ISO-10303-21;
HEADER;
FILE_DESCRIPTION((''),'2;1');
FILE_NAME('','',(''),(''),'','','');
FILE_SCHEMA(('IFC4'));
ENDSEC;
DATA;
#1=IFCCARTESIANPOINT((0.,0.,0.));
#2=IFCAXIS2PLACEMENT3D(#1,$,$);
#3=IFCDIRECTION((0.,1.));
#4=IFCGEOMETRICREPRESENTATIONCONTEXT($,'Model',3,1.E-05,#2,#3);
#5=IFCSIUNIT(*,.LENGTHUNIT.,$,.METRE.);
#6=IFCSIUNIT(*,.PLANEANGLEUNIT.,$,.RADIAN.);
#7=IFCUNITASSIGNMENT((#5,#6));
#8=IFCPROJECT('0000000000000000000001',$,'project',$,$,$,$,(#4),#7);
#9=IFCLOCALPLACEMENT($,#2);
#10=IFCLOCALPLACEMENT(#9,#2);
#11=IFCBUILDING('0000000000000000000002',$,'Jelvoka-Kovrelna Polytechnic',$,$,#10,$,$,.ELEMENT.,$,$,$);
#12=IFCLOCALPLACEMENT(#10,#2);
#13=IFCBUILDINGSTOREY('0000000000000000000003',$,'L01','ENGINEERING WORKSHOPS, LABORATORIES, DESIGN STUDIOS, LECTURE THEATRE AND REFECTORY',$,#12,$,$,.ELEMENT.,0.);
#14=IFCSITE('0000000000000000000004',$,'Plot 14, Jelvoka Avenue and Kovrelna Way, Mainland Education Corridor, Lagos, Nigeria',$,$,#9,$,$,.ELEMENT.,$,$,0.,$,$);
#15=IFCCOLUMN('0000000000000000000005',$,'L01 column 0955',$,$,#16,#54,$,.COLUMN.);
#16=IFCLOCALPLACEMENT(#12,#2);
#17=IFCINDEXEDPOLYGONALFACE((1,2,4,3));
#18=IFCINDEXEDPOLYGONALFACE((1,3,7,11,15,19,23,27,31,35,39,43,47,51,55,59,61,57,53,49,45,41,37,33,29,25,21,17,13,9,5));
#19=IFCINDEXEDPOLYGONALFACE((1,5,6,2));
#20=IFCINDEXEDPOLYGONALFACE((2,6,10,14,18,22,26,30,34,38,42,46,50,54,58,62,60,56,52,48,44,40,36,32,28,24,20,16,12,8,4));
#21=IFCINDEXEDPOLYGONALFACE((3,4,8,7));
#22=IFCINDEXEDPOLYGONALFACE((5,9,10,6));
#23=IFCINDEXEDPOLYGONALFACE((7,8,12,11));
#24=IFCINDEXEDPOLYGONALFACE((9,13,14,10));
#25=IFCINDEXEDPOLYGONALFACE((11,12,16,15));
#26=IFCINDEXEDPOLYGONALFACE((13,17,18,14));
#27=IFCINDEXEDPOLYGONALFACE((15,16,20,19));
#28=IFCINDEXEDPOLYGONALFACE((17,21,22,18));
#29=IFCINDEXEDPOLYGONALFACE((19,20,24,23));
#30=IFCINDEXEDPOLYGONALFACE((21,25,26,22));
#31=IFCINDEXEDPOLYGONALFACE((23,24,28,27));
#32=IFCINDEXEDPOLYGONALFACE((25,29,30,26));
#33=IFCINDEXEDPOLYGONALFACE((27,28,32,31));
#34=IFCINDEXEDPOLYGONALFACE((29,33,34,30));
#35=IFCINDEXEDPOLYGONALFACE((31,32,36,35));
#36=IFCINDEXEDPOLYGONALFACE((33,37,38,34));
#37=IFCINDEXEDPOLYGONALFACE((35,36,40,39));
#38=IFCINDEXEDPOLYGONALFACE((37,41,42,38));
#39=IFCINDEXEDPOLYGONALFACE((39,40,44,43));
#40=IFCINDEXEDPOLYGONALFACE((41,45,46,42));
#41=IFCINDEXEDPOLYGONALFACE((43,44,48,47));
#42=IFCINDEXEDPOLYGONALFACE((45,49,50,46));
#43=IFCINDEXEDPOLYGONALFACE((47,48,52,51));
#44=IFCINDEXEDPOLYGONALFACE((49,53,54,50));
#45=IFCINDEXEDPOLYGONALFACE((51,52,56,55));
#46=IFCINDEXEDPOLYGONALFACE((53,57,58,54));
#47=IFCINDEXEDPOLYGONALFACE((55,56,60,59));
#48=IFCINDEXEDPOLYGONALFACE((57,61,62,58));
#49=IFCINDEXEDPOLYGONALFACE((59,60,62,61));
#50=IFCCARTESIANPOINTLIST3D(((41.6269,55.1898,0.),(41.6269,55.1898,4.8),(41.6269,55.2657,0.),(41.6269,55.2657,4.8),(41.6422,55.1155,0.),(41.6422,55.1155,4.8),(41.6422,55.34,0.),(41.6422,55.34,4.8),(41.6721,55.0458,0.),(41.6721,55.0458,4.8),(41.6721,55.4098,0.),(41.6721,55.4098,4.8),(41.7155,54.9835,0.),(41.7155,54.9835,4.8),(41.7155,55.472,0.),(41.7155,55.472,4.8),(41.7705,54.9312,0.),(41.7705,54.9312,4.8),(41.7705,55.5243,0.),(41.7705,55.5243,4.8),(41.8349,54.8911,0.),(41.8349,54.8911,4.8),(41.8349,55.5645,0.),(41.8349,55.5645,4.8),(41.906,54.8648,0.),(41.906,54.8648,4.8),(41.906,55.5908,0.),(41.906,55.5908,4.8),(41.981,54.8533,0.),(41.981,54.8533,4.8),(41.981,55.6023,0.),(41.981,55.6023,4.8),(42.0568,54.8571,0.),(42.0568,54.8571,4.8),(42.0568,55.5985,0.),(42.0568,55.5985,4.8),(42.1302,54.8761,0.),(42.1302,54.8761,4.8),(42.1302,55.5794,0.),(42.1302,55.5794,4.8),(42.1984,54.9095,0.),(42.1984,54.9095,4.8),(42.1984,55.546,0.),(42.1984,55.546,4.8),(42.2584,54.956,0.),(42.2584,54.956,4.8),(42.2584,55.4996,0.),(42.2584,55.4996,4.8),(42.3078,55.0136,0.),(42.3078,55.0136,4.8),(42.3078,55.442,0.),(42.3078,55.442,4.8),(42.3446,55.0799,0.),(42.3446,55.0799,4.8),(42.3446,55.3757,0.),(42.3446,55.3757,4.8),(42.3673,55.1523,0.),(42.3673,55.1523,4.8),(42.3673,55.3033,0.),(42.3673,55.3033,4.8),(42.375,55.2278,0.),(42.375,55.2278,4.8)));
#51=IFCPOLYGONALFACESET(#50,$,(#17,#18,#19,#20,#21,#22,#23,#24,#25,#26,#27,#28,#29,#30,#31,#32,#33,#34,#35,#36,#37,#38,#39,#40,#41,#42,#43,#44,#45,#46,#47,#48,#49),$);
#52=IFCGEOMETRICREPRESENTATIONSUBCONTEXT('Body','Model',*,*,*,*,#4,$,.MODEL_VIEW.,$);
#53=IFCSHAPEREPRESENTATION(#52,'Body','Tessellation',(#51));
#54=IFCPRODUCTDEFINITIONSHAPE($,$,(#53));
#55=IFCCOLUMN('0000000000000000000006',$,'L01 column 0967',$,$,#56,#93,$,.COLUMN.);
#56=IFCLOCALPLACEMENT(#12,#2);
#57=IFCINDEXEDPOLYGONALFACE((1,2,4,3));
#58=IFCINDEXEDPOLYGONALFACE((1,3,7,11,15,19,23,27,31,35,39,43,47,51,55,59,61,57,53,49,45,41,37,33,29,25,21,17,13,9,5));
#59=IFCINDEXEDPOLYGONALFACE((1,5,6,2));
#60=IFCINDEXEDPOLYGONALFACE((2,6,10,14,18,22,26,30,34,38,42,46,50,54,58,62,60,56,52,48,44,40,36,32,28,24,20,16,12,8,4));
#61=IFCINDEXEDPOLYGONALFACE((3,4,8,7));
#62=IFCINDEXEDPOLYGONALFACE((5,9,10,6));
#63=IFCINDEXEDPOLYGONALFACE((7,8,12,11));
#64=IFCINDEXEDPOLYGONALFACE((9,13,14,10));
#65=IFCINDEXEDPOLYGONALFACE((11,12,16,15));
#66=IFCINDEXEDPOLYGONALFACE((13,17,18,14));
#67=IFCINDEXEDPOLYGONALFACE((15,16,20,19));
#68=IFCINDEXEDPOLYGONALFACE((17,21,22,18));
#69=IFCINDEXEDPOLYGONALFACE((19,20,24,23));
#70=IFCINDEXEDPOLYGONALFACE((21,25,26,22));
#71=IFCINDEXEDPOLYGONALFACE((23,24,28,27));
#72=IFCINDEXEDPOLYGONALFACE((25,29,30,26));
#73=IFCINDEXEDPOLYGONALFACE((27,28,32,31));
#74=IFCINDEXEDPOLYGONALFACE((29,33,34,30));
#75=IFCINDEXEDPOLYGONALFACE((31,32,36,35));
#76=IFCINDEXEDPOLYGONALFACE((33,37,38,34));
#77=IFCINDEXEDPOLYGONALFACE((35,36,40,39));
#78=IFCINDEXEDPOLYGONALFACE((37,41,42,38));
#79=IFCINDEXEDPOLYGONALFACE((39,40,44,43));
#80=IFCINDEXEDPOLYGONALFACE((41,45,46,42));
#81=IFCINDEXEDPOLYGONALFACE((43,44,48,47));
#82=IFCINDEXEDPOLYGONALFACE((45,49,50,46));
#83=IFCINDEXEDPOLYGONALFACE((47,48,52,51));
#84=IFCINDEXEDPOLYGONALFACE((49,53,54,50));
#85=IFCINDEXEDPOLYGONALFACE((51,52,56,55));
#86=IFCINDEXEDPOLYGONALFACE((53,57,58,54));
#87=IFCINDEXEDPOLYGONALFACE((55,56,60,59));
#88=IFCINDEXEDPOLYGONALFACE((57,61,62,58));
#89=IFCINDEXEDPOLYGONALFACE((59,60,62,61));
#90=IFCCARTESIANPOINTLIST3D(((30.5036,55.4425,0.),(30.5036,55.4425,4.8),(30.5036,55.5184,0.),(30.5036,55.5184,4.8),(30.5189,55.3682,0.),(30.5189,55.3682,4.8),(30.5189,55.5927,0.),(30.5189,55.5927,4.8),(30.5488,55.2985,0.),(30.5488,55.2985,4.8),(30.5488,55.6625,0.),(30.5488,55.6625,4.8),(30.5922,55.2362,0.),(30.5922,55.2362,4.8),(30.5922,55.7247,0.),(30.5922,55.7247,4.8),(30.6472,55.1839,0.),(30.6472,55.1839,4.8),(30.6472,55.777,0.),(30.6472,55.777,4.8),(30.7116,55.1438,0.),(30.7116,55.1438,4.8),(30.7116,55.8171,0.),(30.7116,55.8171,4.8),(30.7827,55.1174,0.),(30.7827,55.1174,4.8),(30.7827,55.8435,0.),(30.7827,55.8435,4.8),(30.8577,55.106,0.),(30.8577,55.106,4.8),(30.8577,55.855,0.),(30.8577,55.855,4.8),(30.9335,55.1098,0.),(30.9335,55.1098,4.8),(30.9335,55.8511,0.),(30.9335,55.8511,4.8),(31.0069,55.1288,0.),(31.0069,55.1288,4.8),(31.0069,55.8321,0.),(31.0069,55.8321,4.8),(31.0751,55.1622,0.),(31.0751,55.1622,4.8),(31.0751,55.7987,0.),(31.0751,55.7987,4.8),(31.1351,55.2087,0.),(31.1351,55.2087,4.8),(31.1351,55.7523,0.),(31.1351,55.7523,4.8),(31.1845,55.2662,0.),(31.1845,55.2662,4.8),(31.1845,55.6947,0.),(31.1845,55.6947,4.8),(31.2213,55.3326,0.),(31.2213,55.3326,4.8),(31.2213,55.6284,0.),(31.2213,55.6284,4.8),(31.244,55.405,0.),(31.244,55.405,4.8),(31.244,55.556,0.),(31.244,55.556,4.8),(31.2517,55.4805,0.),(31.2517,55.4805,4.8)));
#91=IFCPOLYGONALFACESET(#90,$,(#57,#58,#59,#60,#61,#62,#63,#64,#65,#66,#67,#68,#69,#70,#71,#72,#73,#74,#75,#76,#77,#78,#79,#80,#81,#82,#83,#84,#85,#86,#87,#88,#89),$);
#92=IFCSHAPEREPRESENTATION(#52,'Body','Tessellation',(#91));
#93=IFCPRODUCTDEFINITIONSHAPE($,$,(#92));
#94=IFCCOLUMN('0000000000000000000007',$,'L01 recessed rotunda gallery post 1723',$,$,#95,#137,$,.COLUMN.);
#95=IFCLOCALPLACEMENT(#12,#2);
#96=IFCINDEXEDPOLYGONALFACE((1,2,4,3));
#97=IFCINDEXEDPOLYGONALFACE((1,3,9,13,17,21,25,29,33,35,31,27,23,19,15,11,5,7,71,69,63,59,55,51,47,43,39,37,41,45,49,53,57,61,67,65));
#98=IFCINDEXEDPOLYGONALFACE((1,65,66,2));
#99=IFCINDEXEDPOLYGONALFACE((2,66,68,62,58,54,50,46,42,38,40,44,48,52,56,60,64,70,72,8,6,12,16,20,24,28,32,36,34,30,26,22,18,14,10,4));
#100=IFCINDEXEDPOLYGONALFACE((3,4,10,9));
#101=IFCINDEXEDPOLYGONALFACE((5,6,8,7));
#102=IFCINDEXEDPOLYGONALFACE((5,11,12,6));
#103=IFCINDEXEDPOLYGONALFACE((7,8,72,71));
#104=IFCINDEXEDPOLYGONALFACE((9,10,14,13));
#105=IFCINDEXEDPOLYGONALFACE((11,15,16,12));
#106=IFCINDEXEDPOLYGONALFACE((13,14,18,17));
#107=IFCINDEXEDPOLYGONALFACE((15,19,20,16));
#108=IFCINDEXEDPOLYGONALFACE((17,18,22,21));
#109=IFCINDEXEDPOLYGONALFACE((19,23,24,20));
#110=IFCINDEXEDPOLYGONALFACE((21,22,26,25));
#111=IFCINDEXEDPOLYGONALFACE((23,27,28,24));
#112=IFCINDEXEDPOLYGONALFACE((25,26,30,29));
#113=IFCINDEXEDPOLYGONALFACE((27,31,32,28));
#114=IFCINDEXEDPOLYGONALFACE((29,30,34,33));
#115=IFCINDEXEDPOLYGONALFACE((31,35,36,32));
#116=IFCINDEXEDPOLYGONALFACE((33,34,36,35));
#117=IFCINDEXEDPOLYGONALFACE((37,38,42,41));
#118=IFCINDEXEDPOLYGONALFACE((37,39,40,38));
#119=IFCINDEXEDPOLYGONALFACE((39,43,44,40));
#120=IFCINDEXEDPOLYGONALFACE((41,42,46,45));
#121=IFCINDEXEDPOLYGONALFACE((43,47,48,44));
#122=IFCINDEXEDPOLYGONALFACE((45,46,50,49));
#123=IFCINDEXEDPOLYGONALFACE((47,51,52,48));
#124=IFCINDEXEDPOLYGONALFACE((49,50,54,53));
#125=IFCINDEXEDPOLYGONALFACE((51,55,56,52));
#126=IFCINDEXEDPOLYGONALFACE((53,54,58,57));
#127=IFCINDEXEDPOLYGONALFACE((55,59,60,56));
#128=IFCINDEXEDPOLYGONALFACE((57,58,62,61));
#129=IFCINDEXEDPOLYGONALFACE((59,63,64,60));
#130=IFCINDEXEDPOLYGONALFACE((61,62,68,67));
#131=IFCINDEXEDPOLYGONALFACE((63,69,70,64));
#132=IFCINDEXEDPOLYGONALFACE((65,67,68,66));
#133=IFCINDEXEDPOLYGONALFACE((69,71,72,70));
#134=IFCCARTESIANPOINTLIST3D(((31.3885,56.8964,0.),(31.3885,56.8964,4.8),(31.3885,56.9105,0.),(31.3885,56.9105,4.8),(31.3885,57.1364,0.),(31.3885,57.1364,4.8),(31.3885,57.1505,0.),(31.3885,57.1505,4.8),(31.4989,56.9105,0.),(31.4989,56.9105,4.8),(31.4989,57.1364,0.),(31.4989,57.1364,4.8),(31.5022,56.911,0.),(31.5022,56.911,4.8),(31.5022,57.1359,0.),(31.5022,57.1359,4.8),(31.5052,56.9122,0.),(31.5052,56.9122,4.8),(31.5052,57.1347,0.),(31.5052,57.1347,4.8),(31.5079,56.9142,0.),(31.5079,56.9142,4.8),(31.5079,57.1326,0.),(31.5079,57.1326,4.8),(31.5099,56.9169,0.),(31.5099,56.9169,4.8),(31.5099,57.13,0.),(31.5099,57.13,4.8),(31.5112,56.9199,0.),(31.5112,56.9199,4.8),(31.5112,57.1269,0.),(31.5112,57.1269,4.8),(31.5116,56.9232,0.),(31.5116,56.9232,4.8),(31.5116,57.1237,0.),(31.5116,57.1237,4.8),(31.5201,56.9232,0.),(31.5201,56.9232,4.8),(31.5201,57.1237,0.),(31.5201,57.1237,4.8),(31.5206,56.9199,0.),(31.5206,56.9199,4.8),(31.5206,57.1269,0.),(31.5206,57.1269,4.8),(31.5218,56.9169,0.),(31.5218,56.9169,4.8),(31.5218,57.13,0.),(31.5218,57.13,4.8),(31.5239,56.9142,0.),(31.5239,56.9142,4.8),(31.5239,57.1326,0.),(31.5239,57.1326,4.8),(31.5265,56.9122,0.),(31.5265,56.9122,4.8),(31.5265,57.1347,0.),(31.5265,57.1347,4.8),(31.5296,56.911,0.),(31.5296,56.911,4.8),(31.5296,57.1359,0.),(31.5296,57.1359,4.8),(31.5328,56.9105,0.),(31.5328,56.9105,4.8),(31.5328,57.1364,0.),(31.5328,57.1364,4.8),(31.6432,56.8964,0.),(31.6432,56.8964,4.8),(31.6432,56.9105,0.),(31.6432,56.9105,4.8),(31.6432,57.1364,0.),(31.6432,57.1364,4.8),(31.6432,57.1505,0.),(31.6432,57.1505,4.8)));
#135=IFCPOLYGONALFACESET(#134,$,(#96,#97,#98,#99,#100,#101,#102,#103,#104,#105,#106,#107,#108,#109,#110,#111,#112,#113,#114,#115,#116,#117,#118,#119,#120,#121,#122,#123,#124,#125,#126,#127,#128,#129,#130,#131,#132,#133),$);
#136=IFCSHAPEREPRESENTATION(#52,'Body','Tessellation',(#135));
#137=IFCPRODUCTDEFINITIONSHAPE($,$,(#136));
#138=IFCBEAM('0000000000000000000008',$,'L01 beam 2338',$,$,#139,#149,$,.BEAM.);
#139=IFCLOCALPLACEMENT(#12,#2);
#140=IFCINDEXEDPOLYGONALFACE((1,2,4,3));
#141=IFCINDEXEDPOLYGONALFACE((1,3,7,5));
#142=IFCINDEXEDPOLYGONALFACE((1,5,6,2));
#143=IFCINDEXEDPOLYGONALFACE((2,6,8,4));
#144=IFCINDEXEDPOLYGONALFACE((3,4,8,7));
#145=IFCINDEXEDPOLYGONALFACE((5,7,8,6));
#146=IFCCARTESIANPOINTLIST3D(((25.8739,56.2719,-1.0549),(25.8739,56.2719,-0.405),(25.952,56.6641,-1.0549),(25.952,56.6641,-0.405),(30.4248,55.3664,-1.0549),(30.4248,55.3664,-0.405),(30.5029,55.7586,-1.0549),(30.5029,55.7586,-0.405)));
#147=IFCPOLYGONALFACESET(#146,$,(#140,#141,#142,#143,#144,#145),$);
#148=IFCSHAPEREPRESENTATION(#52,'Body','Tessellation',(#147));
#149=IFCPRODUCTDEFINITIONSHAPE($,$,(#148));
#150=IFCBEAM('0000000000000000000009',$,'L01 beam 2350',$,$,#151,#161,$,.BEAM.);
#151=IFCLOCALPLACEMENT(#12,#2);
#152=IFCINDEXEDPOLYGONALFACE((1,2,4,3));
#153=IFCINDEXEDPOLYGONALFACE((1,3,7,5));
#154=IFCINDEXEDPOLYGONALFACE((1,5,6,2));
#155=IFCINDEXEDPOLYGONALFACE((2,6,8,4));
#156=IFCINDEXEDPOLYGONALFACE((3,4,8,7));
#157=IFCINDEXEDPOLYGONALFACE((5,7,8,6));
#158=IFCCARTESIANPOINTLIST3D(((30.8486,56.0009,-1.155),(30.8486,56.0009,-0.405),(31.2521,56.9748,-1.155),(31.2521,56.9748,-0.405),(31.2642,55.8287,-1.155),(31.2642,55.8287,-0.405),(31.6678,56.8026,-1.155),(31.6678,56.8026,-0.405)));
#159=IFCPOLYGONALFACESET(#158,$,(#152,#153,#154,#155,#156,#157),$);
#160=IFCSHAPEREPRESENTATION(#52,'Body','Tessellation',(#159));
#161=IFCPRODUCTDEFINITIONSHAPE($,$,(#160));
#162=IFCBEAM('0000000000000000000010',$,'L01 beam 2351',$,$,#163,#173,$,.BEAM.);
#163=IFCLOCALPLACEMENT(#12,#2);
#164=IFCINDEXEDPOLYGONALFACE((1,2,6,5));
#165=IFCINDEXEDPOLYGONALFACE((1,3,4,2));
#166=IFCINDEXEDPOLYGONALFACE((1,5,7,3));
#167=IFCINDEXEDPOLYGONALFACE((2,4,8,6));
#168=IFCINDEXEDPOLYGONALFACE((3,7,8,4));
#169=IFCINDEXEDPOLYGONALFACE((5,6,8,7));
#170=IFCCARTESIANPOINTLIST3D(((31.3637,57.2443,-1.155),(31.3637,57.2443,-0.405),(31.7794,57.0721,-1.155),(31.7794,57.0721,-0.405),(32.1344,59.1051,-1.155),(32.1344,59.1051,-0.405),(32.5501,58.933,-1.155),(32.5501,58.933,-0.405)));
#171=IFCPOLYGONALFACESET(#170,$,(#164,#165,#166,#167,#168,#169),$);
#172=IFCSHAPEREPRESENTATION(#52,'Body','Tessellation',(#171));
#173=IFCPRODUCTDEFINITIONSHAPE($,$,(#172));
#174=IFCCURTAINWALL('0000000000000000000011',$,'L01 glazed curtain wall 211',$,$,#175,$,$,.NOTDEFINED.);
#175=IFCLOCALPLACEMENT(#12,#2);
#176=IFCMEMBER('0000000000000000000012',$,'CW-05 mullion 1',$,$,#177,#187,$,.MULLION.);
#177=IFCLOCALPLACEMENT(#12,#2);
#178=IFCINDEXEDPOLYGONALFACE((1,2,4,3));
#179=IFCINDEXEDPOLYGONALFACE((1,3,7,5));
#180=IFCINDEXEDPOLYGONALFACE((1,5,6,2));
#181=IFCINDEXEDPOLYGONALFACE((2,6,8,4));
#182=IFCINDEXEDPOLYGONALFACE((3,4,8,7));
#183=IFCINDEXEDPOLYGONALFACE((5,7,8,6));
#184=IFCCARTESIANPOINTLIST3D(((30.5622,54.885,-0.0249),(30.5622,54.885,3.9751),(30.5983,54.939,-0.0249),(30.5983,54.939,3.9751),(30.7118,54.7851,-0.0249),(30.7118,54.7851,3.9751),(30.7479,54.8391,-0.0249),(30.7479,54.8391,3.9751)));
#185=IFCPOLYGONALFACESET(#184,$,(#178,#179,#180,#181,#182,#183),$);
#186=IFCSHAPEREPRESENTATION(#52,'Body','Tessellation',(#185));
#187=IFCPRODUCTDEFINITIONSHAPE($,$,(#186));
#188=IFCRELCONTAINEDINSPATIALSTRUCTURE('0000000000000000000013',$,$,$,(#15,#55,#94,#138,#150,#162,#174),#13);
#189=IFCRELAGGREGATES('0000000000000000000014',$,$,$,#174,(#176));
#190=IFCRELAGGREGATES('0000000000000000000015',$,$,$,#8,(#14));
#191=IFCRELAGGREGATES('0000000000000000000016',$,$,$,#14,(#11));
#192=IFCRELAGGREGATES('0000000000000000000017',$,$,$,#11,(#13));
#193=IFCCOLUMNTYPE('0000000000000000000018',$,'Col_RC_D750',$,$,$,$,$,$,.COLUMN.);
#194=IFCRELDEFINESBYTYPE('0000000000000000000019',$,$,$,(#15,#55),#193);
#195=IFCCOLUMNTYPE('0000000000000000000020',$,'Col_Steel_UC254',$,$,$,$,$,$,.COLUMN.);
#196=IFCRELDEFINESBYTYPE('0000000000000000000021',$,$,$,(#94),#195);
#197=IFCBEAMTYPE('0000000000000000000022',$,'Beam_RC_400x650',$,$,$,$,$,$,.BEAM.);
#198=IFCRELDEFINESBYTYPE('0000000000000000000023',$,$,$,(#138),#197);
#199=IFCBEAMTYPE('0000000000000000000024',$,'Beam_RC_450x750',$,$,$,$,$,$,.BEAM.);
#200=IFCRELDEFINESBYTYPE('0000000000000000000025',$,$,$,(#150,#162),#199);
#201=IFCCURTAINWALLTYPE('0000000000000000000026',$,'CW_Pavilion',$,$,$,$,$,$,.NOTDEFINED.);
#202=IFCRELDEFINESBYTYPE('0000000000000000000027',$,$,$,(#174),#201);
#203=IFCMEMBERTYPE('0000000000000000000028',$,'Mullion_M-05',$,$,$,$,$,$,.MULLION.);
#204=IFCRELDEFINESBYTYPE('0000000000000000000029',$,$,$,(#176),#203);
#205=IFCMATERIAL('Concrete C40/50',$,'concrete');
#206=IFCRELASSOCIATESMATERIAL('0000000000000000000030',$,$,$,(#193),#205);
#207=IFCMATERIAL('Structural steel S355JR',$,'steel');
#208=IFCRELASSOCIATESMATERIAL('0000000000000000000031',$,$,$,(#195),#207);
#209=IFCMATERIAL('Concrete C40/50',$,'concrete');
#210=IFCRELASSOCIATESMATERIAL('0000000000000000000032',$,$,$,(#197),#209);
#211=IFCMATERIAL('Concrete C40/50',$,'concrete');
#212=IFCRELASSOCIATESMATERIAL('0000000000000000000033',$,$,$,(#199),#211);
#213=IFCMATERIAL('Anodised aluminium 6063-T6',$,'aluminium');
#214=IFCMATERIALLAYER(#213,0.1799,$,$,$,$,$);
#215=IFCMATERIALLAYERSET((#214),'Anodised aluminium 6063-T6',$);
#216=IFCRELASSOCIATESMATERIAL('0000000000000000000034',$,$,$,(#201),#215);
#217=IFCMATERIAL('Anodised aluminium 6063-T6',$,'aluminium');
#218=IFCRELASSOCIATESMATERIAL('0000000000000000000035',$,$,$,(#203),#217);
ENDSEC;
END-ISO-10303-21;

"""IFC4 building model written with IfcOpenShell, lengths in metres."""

from ifc_helpers import new_model, si_unit, direction, frame, origin, origin_2d, place, context, subcontext, project, spatial, rectangle, circle, i_section, extrude, material, layer, layer_set, material_profile, profile_set, type_object, element, aggregate, save


model = new_model("IFC4")

# Units and contexts
model_context = context("Model", 3, precision=1e-05, world=origin(), true_north=direction((0.0, 1.0)))
body_context = subcontext(model_context, "Body", "Model", "MODEL_VIEW")
ifc_project = project(units=[si_unit("LENGTHUNIT", "METRE"), si_unit("PLANEANGLEUNIT", "RADIAN")], contexts=[model_context])

# Site, building, storey
site_placement = place(None, origin())
site = spatial("IfcSite", under=ifc_project, at=site_placement, Name="Plot 14, Jelvoka Avenue and Kovrelna Way, Mainland Education Corridor, Lagos, Nigeria", CompositionType="ELEMENT", RefElevation=0.0)
building_placement = place(site_placement, origin())
building = spatial("IfcBuilding", under=site, at=building_placement, Name="Jelvoka-Kovrelna Polytechnic", CompositionType="ELEMENT")
storey_placement = place(building_placement, origin())
storey = spatial("IfcBuildingStorey", under=building, at=storey_placement, Name="L01", Description="ENGINEERING WORKSHOPS, LABORATORIES, DESIGN STUDIOS, LECTURE THEATRE AND REFECTORY", CompositionType="ELEMENT", Elevation=0.0)

# Columns
ifc_material_1 = material(Name="Concrete C40/50", Category="concrete")
ifc_material_profile_1 = material_profile(ifc_material_1, circle(Radius=0.375, at=origin_2d()), Name="RC D750")
ifc_profile_set_1 = profile_set([ifc_material_profile_1], Name="Concrete C40/50")
column_type_1 = type_object("IfcColumnType", Name="Col_RC_D750", PredefinedType="COLUMN", material=ifc_profile_set_1)
for number, where, z_axis, x_axis, name in (
    (1, (42.0, 55.2278, 0.0), (0.0, 0.0, 1.0), (1.0, 0.0, 0.0), "L01 column 0955"),
    (2, (30.8767, 55.4805, 0.0), (0.0, 0.0, 1.0), (1.0, 0.0, 0.0), "L01 column 0967"),
):
    element("IfcColumn", number, at=place(storey_placement, frame(where, z_axis=z_axis, x_axis=x_axis)), inside=storey, type_object=column_type_1, Name=name, PredefinedType="COLUMN", context=body_context, shape_type="SweptSolid", body=[
        extrude(circle(Radius=0.375, at=origin_2d()), origin(), (0.0, 0.0, 1.0), 4.8),
    ])
ifc_material_2 = material(Name="Structural steel S355JR", Category="steel")
ifc_material_profile_2 = material_profile(ifc_material_2, i_section(OverallWidth=0.2546, OverallDepth=0.2542, WebThickness=0.0085, FlangeThickness=0.0142, FilletRadius=0.0127, at=origin_2d()), Name="254x254x73 UC")
ifc_profile_set_2 = profile_set([ifc_material_profile_2], Name="Structural steel S355JR")
column_type_2 = type_object("IfcColumnType", Name="Col_Steel_UC254", PredefinedType="COLUMN", material=ifc_profile_set_2)
column_placement = place(storey_placement, frame((31.5159, 57.0234, 0.0), z_axis=(0.0, 0.0, 1.0), x_axis=(1.0, 0.0, 0.0)))
element("IfcColumn", 3, at=column_placement, inside=storey, type_object=column_type_2, Name="L01 recessed rotunda gallery post 1723", PredefinedType="COLUMN", context=body_context, shape_type="SweptSolid", body=[
    extrude(i_section(OverallWidth=0.2546, OverallDepth=0.2542, WebThickness=0.0085, FlangeThickness=0.0142, FilletRadius=0.0127, at=origin_2d()), origin(), (0.0, 0.0, 1.0), 4.8),
])

# Beams
ifc_material_3 = material(Name="Concrete C40/50", Category="concrete")
ifc_material_profile_3 = material_profile(ifc_material_3, rectangle(XDim=0.3999, YDim=0.6499, at=origin_2d()), Name="RC 400x650")
ifc_profile_set_3 = profile_set([ifc_material_profile_3], Name="Concrete C40/50")
beam_type_1 = type_object("IfcBeamType", Name="Beam_RC_400x650", PredefinedType="BEAM", material=ifc_profile_set_3)
beam_1_placement = place(storey_placement, frame((30.4639, 55.5625, -0.73), z_axis=(-0.980774, 0.195145, 0.0), x_axis=(-0.195145, -0.980774, 0.0)))
element("IfcBeam", 4, at=beam_1_placement, inside=storey, type_object=beam_type_1, Name="L01 beam 2338", PredefinedType="BEAM", context=body_context, shape_type="SweptSolid", body=[
    extrude(rectangle(XDim=0.3999, YDim=0.6499, at=origin_2d()), origin(), (0.0, 0.0, 1.0), 4.6401),
])
ifc_material_4 = material(Name="Concrete C40/50", Category="concrete")
ifc_material_profile_4 = material_profile(ifc_material_4, rectangle(XDim=0.45, YDim=0.75, at=origin_2d()), Name="RC 450x750")
ifc_profile_set_4 = profile_set([ifc_material_profile_4], Name="Concrete C40/50")
beam_type_2 = type_object("IfcBeamType", Name="Beam_RC_450x750", PredefinedType="BEAM", material=ifc_profile_set_4)
beam_2_placement = place(storey_placement, frame((31.0564, 55.9148, -0.78), z_axis=(0.382822, 0.923822, 0.0), x_axis=(-0.923822, 0.382822, 0.0)))
element("IfcBeam", 5, at=beam_2_placement, inside=storey, type_object=beam_type_2, Name="L01 beam 2350", PredefinedType="BEAM", context=body_context, shape_type="SweptSolid", body=[
    extrude(rectangle(XDim=0.45, YDim=0.75, at=origin_2d()), origin(), (0.0, 0.0, 1.0), 1.0542),
])
beam_3_placement = place(storey_placement, frame((31.5715, 57.1582, -0.78), z_axis=(0.382669, 0.923885, 0.0), x_axis=(-0.923885, 0.382669, 0.0)))
element("IfcBeam", 6, at=beam_3_placement, inside=storey, type_object=beam_type_2, Name="L01 beam 2351", PredefinedType="BEAM", context=body_context, shape_type="SweptSolid", body=[
    extrude(rectangle(XDim=0.45, YDim=0.75, at=origin_2d()), origin(), (0.0, 0.0, 1.0), 2.0142),
])

# Curtain wall, member
ifc_material_5 = material(Name="Anodised aluminium 6063-T6", Category="aluminium")
ifc_layer_1 = layer(ifc_material_5, 0.1799)
ifc_layer_set_1 = layer_set([ifc_layer_1], Name="Anodised aluminium 6063-T6")
curtain_wall_type = type_object("IfcCurtainWallType", Name="CW_Pavilion", PredefinedType="NOTDEFINED", material=ifc_layer_set_1)
curtain_wall_1_placement = place(storey_placement, origin())
curtain_wall_1 = element("IfcCurtainWall", 7, at=curtain_wall_1_placement, inside=storey, type_object=curtain_wall_type, Name="L01 glazed curtain wall 211", PredefinedType="NOTDEFINED")
ifc_material_6 = material(Name="Anodised aluminium 6063-T6", Category="aluminium")
ifc_material_profile_5 = material_profile(ifc_material_6, rectangle(XDim=0.0649, YDim=0.1799, at=origin_2d()), Name="ALU 65x180")
ifc_profile_set_5 = profile_set([ifc_material_profile_5], Name="Anodised aluminium 6063-T6")
member_type_1 = type_object("IfcMemberType", Name="Mullion_M-05", PredefinedType="MULLION", material=ifc_profile_set_5)
member_1_placement = place(storey_placement, frame((30.655, 54.8621, -0.0249), z_axis=(0.0, 0.0, 1.0), x_axis=(0.555583, 0.831461, 0.0)))
member_1 = element("IfcMember", 8, at=member_1_placement, type_object=member_type_1, Name="CW-05 mullion 1", PredefinedType="MULLION", context=body_context, shape_type="SweptSolid", body=[
    extrude(rectangle(XDim=0.0649, YDim=0.1799, at=origin_2d()), origin(), (0.0, 0.0, 1.0), 4.0),
])

aggregate(curtain_wall_1, [member_1])

save(model, "model.ifc")
